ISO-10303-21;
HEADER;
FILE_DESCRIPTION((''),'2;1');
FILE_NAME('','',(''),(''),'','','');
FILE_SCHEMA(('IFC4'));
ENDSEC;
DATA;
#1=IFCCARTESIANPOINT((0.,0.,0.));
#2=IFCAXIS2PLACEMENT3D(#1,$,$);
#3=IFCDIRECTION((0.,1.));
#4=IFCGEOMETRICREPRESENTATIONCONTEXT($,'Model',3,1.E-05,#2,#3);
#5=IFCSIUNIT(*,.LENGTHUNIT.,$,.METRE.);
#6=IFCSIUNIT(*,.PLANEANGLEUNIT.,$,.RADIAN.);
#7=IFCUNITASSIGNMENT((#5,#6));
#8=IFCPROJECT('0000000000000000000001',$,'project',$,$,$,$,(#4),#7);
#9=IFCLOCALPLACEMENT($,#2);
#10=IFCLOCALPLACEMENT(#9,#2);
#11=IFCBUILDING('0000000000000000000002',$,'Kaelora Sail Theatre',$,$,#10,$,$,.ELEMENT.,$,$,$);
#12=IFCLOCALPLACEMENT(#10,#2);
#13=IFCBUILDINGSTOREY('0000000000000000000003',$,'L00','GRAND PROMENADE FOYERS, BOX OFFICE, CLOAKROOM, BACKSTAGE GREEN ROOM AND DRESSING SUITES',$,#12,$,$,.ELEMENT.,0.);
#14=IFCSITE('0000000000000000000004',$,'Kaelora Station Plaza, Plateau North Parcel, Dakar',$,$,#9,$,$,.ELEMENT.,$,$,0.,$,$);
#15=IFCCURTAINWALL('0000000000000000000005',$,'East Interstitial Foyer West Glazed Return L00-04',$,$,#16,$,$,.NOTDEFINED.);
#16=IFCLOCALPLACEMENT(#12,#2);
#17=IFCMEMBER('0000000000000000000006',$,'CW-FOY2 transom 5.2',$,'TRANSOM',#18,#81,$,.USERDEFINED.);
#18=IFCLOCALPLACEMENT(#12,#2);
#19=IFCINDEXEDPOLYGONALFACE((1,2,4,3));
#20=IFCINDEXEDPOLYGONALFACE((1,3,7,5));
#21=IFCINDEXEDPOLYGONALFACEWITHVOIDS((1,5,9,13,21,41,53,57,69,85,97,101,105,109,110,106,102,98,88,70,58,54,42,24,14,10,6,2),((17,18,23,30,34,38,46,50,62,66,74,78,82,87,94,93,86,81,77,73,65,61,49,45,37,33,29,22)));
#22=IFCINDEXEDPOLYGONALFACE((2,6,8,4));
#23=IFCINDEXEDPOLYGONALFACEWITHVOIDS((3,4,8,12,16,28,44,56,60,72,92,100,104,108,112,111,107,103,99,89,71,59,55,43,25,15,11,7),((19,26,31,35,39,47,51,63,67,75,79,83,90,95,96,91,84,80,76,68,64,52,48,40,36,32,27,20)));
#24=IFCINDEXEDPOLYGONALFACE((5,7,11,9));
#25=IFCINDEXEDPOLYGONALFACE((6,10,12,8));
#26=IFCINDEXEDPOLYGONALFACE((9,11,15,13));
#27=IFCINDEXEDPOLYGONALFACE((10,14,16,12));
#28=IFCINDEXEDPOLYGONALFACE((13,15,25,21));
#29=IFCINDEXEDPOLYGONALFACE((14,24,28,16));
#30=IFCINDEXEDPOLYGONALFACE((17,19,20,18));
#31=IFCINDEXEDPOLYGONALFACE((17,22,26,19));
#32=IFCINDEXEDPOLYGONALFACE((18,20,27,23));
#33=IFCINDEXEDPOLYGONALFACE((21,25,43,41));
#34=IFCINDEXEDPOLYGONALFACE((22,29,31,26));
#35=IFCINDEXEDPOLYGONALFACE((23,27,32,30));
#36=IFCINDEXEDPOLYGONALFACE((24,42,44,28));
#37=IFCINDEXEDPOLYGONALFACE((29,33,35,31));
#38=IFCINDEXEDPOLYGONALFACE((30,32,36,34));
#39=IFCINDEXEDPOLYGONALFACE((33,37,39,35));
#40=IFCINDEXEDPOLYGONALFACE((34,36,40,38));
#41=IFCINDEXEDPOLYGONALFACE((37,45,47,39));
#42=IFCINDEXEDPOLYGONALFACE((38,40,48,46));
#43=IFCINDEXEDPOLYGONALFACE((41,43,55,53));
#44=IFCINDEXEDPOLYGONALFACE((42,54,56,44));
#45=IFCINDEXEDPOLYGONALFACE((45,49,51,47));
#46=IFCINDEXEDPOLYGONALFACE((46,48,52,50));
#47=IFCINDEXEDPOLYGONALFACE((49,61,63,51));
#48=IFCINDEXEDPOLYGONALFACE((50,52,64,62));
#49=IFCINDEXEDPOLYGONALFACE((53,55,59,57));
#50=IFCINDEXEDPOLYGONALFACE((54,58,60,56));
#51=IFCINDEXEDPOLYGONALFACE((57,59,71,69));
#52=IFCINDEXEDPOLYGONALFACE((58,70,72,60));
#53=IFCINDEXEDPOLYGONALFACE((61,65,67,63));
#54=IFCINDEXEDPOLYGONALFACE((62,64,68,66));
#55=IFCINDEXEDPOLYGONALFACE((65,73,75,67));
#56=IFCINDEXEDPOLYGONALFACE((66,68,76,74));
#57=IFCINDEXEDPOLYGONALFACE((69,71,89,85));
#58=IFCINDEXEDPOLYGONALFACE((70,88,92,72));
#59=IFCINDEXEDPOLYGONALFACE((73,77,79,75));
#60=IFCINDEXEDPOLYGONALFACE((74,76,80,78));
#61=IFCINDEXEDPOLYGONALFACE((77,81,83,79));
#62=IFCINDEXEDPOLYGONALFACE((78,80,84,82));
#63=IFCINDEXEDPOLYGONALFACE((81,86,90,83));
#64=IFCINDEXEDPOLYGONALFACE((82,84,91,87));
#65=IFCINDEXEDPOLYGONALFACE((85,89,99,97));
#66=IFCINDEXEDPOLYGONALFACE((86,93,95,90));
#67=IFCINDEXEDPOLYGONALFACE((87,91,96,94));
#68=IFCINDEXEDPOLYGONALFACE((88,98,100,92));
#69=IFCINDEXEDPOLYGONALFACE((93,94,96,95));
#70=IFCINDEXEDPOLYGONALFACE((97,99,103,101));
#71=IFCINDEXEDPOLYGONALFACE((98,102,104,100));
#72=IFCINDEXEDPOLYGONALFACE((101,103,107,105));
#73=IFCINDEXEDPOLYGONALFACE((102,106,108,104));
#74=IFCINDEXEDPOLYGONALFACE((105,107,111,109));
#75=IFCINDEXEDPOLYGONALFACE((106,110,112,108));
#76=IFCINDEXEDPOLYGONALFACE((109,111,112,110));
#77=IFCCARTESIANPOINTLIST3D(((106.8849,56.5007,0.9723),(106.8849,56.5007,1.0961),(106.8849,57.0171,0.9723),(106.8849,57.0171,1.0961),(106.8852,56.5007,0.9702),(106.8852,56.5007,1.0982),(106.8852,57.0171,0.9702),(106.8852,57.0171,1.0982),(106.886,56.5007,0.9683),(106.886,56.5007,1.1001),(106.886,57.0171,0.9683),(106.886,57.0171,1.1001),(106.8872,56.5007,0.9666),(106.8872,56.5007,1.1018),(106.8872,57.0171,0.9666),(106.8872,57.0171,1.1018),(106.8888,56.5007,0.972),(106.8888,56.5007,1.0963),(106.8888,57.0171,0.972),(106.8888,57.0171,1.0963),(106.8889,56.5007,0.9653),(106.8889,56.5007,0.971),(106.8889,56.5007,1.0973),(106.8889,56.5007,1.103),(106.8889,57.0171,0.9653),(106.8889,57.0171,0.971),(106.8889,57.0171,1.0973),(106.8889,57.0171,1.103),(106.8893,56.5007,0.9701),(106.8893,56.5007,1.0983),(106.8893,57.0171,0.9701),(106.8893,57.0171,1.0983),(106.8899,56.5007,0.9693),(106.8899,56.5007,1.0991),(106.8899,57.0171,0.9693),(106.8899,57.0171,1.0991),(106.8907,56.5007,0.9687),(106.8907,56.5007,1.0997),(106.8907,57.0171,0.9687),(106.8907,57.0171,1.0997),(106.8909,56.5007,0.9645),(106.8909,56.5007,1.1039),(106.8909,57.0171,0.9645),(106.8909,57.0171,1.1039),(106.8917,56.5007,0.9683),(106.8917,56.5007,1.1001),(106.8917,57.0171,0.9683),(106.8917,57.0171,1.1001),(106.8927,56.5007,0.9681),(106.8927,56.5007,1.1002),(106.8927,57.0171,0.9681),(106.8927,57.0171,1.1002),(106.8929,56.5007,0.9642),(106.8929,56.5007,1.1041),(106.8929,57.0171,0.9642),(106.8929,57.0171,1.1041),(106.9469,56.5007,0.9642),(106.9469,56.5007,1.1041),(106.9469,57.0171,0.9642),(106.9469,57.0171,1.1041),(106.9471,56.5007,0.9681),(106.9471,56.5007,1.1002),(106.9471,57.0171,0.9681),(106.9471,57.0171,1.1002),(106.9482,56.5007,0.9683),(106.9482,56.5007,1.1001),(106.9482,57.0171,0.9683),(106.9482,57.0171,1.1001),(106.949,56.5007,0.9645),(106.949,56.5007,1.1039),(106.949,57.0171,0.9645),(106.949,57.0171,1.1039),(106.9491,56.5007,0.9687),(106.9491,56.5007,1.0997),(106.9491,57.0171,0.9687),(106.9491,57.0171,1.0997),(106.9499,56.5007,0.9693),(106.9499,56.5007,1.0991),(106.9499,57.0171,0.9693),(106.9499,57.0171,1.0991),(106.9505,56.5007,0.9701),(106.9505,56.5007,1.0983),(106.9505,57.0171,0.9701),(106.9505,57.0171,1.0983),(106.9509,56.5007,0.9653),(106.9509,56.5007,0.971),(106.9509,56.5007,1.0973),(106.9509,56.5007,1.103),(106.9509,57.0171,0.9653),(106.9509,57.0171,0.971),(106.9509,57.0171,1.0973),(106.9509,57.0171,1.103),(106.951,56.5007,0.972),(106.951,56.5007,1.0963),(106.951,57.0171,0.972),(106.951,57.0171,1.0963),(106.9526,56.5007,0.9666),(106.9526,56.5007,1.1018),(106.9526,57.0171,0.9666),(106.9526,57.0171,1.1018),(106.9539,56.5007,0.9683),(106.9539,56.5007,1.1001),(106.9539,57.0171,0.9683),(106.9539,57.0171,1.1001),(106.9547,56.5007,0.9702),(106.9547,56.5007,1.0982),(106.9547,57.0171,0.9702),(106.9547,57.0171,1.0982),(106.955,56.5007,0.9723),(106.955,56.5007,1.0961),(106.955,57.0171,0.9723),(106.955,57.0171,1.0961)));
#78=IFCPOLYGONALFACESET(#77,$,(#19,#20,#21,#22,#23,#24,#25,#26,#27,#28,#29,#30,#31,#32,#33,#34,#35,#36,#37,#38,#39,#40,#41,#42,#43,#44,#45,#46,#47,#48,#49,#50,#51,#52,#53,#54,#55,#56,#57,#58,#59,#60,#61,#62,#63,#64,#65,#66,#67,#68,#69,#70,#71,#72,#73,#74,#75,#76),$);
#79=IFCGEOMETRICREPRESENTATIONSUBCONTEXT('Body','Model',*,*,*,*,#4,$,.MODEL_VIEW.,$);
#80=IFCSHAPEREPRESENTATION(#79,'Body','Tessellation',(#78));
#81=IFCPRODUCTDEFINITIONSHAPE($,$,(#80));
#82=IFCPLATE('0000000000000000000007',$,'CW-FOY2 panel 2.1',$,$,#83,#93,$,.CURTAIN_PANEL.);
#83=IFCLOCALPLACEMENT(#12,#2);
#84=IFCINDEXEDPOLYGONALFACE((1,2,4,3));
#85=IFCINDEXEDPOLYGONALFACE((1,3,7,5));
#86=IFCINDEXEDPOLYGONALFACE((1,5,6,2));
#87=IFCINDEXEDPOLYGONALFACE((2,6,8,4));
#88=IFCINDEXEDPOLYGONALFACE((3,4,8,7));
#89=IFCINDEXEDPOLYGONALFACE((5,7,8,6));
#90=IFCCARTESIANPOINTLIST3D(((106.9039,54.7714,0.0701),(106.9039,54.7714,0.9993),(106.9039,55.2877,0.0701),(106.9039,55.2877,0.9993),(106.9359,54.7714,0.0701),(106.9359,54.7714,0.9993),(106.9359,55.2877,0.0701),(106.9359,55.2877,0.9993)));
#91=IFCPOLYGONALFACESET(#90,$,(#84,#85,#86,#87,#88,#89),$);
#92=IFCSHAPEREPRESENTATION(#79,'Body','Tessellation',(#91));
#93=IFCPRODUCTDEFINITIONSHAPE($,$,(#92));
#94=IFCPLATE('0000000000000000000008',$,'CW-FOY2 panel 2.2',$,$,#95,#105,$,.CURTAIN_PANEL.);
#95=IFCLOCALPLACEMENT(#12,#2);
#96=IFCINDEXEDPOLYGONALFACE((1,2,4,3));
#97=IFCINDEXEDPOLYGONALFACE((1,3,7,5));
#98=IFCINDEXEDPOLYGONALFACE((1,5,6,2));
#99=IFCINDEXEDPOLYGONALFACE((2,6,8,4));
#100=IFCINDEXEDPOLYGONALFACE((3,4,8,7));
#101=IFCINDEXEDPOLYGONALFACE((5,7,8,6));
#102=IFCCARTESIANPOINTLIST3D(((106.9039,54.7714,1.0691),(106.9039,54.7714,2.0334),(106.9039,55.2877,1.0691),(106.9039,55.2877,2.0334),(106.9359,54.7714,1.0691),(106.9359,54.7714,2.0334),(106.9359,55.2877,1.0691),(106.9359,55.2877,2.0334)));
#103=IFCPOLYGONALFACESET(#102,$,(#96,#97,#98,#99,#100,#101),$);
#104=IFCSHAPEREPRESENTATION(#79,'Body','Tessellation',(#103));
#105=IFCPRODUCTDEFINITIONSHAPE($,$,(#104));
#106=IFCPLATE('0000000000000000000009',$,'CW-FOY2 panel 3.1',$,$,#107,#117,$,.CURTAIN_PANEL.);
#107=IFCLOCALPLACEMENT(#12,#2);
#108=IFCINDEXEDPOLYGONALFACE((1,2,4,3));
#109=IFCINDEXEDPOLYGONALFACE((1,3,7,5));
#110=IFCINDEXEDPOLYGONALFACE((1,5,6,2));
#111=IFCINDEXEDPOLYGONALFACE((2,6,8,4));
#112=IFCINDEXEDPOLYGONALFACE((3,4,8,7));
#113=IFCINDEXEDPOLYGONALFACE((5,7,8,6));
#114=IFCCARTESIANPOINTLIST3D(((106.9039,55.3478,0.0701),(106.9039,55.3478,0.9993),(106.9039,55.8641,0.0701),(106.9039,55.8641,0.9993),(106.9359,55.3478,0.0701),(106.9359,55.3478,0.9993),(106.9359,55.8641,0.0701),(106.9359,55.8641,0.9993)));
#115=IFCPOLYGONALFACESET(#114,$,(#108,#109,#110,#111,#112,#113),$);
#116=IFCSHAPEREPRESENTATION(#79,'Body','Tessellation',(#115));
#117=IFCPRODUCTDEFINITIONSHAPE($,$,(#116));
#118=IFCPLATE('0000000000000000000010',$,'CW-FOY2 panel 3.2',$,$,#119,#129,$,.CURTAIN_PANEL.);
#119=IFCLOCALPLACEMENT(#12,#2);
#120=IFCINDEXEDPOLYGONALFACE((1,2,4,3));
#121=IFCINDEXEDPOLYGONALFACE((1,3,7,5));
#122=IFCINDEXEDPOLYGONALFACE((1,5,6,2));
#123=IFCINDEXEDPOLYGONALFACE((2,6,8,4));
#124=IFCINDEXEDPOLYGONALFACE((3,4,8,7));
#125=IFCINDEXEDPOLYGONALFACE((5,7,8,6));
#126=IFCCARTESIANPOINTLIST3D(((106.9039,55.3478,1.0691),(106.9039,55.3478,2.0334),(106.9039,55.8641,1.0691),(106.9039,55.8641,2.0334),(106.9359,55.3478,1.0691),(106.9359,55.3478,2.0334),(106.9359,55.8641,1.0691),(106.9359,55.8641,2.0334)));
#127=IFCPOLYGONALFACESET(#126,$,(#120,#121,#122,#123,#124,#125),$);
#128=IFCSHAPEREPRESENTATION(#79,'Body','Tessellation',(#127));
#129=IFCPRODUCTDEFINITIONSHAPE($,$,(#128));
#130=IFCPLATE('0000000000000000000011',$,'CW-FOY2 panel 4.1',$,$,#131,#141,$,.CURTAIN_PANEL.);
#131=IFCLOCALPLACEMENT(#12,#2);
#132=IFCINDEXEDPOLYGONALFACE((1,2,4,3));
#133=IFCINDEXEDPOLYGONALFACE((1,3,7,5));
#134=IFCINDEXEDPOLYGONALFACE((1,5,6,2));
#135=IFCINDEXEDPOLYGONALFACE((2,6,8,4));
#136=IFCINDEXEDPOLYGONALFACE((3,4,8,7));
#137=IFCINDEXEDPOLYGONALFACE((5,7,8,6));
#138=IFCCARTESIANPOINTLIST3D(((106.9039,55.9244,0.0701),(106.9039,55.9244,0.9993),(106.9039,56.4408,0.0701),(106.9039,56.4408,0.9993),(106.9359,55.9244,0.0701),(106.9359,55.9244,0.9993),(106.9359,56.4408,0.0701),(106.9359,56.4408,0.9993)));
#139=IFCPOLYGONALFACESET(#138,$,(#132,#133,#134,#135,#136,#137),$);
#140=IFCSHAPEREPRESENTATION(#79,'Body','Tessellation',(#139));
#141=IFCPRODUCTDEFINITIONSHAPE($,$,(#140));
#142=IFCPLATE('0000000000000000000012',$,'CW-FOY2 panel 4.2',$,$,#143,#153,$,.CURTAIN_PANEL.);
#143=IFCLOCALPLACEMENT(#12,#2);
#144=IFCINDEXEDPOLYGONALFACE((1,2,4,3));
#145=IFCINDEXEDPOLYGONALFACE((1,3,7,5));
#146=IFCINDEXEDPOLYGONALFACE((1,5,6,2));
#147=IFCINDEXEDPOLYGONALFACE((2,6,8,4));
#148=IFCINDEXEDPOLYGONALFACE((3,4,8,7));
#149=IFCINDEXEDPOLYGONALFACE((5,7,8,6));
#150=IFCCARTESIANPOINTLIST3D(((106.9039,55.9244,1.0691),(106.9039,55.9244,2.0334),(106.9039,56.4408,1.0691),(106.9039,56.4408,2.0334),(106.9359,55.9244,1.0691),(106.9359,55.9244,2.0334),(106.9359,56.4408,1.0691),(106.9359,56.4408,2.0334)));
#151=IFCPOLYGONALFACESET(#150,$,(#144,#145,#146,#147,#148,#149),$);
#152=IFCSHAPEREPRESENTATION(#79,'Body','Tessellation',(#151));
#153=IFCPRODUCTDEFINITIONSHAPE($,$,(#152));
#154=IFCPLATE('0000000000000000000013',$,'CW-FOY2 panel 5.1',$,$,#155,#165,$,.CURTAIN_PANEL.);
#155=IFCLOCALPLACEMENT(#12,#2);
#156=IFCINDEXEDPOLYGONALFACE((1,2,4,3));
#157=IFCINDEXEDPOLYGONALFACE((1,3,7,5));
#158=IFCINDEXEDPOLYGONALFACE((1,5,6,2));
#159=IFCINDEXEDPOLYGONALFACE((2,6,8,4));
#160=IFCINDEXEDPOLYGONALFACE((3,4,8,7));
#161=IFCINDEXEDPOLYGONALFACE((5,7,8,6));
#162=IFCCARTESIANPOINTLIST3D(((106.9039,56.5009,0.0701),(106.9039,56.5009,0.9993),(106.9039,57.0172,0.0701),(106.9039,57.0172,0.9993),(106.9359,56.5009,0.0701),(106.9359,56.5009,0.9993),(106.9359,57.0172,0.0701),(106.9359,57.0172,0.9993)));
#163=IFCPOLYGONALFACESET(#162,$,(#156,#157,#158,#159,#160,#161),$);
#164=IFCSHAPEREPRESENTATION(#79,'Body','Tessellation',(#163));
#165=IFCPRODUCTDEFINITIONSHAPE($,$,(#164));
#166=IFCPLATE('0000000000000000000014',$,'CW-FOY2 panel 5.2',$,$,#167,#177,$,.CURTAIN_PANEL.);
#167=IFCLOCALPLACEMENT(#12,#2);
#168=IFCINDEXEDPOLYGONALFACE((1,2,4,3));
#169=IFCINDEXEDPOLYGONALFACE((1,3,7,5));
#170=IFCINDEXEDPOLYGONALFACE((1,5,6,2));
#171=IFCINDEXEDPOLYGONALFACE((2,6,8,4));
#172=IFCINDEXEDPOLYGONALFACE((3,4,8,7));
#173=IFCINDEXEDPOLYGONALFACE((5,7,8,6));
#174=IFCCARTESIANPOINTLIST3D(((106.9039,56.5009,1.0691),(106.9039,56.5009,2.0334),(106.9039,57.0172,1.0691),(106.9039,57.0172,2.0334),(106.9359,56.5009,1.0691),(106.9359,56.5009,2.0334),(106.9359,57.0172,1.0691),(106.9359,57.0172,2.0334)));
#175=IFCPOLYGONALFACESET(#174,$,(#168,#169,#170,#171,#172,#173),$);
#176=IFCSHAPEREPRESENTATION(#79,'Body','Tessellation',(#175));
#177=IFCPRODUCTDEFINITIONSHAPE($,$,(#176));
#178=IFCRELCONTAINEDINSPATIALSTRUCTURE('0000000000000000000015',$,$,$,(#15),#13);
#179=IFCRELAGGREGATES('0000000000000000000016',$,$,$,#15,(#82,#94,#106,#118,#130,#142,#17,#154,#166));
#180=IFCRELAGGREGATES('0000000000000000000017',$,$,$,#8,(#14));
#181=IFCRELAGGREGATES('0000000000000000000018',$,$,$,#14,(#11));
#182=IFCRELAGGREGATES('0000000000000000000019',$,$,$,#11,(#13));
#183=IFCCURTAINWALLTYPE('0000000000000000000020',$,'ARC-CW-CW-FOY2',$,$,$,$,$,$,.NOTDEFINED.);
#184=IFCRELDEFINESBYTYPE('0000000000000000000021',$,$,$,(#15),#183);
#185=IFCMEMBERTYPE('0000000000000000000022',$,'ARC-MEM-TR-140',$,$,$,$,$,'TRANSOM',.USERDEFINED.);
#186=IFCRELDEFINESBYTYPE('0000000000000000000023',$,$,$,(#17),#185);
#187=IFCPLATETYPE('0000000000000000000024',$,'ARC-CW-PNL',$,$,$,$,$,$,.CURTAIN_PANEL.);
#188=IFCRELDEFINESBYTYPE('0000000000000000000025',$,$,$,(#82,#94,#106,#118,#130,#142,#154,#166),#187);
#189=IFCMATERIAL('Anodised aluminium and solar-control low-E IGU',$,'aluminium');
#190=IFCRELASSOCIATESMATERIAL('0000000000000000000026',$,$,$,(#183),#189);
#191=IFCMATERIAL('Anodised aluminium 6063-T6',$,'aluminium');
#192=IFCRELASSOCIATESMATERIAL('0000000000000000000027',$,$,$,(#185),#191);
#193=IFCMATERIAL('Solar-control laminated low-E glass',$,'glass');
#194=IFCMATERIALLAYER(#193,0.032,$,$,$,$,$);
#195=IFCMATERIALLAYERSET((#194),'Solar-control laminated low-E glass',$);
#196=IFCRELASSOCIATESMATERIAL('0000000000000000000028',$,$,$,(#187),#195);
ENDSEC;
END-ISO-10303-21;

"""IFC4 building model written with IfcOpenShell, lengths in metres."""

from ifc_helpers import new_model, si_unit, direction, frame, origin, origin_2d, place, context, subcontext, project, spatial, rectangle, hollow_rectangle, extrude, material, layer, layer_set, material_profile, profile_set, type_object, element, aggregate, save


model = new_model("IFC4")

# Units and contexts
model_context = context("Model", 3, precision=1e-05, world=origin(), true_north=direction((0.0, 1.0)))
body_context = subcontext(model_context, "Body", "Model", "MODEL_VIEW")
ifc_project = project(units=[si_unit("LENGTHUNIT", "METRE"), si_unit("PLANEANGLEUNIT", "RADIAN")], contexts=[model_context])

# Site, building, storey
site_placement = place(None, origin())
site = spatial("IfcSite", under=ifc_project, at=site_placement, Name="Kaelora Station Plaza, Plateau North Parcel, Dakar", CompositionType="ELEMENT", RefElevation=0.0)
building_placement = place(site_placement, origin())
building = spatial("IfcBuilding", under=site, at=building_placement, Name="Kaelora Sail Theatre", CompositionType="ELEMENT")
storey_placement = place(building_placement, origin())
storey = spatial("IfcBuildingStorey", under=building, at=storey_placement, Name="L00", Description="GRAND PROMENADE FOYERS, BOX OFFICE, CLOAKROOM, BACKSTAGE GREEN ROOM AND DRESSING SUITES", CompositionType="ELEMENT", Elevation=0.0)

# Curtain wall, member, plates
ifc_material_1 = material(Name="Anodised aluminium and solar-control low-E IGU", Category="aluminium")
curtain_wall_type = type_object("IfcCurtainWallType", Name="ARC-CW-CW-FOY2", PredefinedType="NOTDEFINED", material=ifc_material_1)
curtain_wall_placement = place(storey_placement, origin())
curtain_wall = element("IfcCurtainWall", 1, at=curtain_wall_placement, inside=storey, type_object=curtain_wall_type, Name="East Interstitial Foyer West Glazed Return L00-04", PredefinedType="NOTDEFINED")
ifc_material_2 = material(Name="Anodised aluminium 6063-T6", Category="aluminium")
ifc_material_profile_1 = material_profile(ifc_material_2, hollow_rectangle(XDim=0.0701, YDim=0.1399, WallThickness=0.0039, InnerFilletRadius=0.0039, OuterFilletRadius=0.0081, at=origin_2d()), Name="ALU-TRAN 70x140x4")
ifc_profile_set_1 = profile_set([ifc_material_profile_1], Name="Anodised aluminium 6063-T6")
member_type_1 = type_object("IfcMemberType", Name="ARC-MEM-TR-140", ElementType="TRANSOM", PredefinedType="USERDEFINED", material=ifc_profile_set_1)
member_1_placement = place(storey_placement, frame((106.9199, 56.5007, 1.0342), z_axis=(0.0, 1.0, 0.0), x_axis=(-1.0, 0.0, 0.0)))
member_1 = element("IfcMember", 2, at=member_1_placement, type_object=member_type_1, Name="CW-FOY2 transom 5.2", ObjectType="TRANSOM", PredefinedType="USERDEFINED", context=body_context, shape_type="SweptSolid", body=[
    extrude(hollow_rectangle(XDim=0.0701, YDim=0.1399, WallThickness=0.0039, InnerFilletRadius=0.0039, OuterFilletRadius=0.0081, at=origin_2d()), origin(), (0.0, 0.0, 1.0), 0.5164),
])
ifc_material_3 = material(Name="Solar-control laminated low-E glass", Category="glass")
ifc_layer = layer(ifc_material_3, 0.032)
ifc_layer_set = layer_set([ifc_layer], Name="Solar-control laminated low-E glass")
plate_type = type_object("IfcPlateType", Name="ARC-CW-PNL", PredefinedType="CURTAIN_PANEL", material=ifc_layer_set)
plate_1_placement = place(storey_placement, frame((106.9199, 55.0295, 0.0701), z_axis=(0.0, 0.0, 1.0), x_axis=(0.0, 1.0, 0.0)))
plate_1 = element("IfcPlate", 3, at=plate_1_placement, type_object=plate_type, Name="CW-FOY2 panel 2.1", PredefinedType="CURTAIN_PANEL", context=body_context, shape_type="SweptSolid", body=[
    extrude(rectangle(XDim=0.5164, YDim=0.032, at=origin_2d()), origin(), (0.0, 0.0, 1.0), 0.9292),
])
plate_2_placement = place(storey_placement, frame((106.9199, 55.0295, 1.0691), z_axis=(0.0, 0.0, 1.0), x_axis=(0.0, 1.0, 0.0)))
plate_2 = element("IfcPlate", 4, at=plate_2_placement, type_object=plate_type, Name="CW-FOY2 panel 2.2", PredefinedType="CURTAIN_PANEL", context=body_context, shape_type="SweptSolid", body=[
    extrude(rectangle(XDim=0.5164, YDim=0.032, at=origin_2d()), origin(), (0.0, 0.0, 1.0), 0.9644),
])
plate_3_placement = place(storey_placement, frame((106.9199, 55.606, 0.0701), z_axis=(0.0, 0.0, 1.0), x_axis=(0.0, 1.0, 0.0)))
plate_3 = element("IfcPlate", 5, at=plate_3_placement, type_object=plate_type, Name="CW-FOY2 panel 3.1", PredefinedType="CURTAIN_PANEL", context=body_context, shape_type="SweptSolid", body=[
    extrude(rectangle(XDim=0.5164, YDim=0.032, at=origin_2d()), origin(), (0.0, 0.0, 1.0), 0.9292),
])
plate_4_placement = place(storey_placement, frame((106.9199, 55.606, 1.0691), z_axis=(0.0, 0.0, 1.0), x_axis=(0.0, 1.0, 0.0)))
plate_4 = element("IfcPlate", 6, at=plate_4_placement, type_object=plate_type, Name="CW-FOY2 panel 3.2", PredefinedType="CURTAIN_PANEL", context=body_context, shape_type="SweptSolid", body=[
    extrude(rectangle(XDim=0.5164, YDim=0.032, at=origin_2d()), origin(), (0.0, 0.0, 1.0), 0.9644),
])
plate_5_placement = place(storey_placement, frame((106.9199, 56.1826, 0.0701), z_axis=(0.0, 0.0, 1.0), x_axis=(0.0, 1.0, 0.0)))
plate_5 = element("IfcPlate", 7, at=plate_5_placement, type_object=plate_type, Name="CW-FOY2 panel 4.1", PredefinedType="CURTAIN_PANEL", context=body_context, shape_type="SweptSolid", body=[
    extrude(rectangle(XDim=0.5164, YDim=0.032, at=origin_2d()), origin(), (0.0, 0.0, 1.0), 0.9292),
])
plate_6_placement = place(storey_placement, frame((106.9199, 56.1826, 1.0691), z_axis=(0.0, 0.0, 1.0), x_axis=(0.0, 1.0, 0.0)))
plate_6 = element("IfcPlate", 8, at=plate_6_placement, type_object=plate_type, Name="CW-FOY2 panel 4.2", PredefinedType="CURTAIN_PANEL", context=body_context, shape_type="SweptSolid", body=[
    extrude(rectangle(XDim=0.5164, YDim=0.032, at=origin_2d()), origin(), (0.0, 0.0, 1.0), 0.9644),
])
plate_7_placement = place(storey_placement, frame((106.9199, 56.759, 0.0701), z_axis=(0.0, 0.0, 1.0), x_axis=(0.0, 1.0, 0.0)))
plate_7 = element("IfcPlate", 9, at=plate_7_placement, type_object=plate_type, Name="CW-FOY2 panel 5.1", PredefinedType="CURTAIN_PANEL", context=body_context, shape_type="SweptSolid", body=[
    extrude(rectangle(XDim=0.5164, YDim=0.032, at=origin_2d()), origin(), (0.0, 0.0, 1.0), 0.9292),
])
plate_8_placement = place(storey_placement, frame((106.9199, 56.759, 1.0691), z_axis=(0.0, 0.0, 1.0), x_axis=(0.0, 1.0, 0.0)))
plate_8 = element("IfcPlate", 10, at=plate_8_placement, type_object=plate_type, Name="CW-FOY2 panel 5.2", PredefinedType="CURTAIN_PANEL", context=body_context, shape_type="SweptSolid", body=[
    extrude(rectangle(XDim=0.5164, YDim=0.032, at=origin_2d()), origin(), (0.0, 0.0, 1.0), 0.9644),
])
aggregate(curtain_wall, [plate_1, plate_2, plate_3, plate_4, plate_5, plate_6, member_1, plate_7, plate_8])

save(model, "model.ifc")
